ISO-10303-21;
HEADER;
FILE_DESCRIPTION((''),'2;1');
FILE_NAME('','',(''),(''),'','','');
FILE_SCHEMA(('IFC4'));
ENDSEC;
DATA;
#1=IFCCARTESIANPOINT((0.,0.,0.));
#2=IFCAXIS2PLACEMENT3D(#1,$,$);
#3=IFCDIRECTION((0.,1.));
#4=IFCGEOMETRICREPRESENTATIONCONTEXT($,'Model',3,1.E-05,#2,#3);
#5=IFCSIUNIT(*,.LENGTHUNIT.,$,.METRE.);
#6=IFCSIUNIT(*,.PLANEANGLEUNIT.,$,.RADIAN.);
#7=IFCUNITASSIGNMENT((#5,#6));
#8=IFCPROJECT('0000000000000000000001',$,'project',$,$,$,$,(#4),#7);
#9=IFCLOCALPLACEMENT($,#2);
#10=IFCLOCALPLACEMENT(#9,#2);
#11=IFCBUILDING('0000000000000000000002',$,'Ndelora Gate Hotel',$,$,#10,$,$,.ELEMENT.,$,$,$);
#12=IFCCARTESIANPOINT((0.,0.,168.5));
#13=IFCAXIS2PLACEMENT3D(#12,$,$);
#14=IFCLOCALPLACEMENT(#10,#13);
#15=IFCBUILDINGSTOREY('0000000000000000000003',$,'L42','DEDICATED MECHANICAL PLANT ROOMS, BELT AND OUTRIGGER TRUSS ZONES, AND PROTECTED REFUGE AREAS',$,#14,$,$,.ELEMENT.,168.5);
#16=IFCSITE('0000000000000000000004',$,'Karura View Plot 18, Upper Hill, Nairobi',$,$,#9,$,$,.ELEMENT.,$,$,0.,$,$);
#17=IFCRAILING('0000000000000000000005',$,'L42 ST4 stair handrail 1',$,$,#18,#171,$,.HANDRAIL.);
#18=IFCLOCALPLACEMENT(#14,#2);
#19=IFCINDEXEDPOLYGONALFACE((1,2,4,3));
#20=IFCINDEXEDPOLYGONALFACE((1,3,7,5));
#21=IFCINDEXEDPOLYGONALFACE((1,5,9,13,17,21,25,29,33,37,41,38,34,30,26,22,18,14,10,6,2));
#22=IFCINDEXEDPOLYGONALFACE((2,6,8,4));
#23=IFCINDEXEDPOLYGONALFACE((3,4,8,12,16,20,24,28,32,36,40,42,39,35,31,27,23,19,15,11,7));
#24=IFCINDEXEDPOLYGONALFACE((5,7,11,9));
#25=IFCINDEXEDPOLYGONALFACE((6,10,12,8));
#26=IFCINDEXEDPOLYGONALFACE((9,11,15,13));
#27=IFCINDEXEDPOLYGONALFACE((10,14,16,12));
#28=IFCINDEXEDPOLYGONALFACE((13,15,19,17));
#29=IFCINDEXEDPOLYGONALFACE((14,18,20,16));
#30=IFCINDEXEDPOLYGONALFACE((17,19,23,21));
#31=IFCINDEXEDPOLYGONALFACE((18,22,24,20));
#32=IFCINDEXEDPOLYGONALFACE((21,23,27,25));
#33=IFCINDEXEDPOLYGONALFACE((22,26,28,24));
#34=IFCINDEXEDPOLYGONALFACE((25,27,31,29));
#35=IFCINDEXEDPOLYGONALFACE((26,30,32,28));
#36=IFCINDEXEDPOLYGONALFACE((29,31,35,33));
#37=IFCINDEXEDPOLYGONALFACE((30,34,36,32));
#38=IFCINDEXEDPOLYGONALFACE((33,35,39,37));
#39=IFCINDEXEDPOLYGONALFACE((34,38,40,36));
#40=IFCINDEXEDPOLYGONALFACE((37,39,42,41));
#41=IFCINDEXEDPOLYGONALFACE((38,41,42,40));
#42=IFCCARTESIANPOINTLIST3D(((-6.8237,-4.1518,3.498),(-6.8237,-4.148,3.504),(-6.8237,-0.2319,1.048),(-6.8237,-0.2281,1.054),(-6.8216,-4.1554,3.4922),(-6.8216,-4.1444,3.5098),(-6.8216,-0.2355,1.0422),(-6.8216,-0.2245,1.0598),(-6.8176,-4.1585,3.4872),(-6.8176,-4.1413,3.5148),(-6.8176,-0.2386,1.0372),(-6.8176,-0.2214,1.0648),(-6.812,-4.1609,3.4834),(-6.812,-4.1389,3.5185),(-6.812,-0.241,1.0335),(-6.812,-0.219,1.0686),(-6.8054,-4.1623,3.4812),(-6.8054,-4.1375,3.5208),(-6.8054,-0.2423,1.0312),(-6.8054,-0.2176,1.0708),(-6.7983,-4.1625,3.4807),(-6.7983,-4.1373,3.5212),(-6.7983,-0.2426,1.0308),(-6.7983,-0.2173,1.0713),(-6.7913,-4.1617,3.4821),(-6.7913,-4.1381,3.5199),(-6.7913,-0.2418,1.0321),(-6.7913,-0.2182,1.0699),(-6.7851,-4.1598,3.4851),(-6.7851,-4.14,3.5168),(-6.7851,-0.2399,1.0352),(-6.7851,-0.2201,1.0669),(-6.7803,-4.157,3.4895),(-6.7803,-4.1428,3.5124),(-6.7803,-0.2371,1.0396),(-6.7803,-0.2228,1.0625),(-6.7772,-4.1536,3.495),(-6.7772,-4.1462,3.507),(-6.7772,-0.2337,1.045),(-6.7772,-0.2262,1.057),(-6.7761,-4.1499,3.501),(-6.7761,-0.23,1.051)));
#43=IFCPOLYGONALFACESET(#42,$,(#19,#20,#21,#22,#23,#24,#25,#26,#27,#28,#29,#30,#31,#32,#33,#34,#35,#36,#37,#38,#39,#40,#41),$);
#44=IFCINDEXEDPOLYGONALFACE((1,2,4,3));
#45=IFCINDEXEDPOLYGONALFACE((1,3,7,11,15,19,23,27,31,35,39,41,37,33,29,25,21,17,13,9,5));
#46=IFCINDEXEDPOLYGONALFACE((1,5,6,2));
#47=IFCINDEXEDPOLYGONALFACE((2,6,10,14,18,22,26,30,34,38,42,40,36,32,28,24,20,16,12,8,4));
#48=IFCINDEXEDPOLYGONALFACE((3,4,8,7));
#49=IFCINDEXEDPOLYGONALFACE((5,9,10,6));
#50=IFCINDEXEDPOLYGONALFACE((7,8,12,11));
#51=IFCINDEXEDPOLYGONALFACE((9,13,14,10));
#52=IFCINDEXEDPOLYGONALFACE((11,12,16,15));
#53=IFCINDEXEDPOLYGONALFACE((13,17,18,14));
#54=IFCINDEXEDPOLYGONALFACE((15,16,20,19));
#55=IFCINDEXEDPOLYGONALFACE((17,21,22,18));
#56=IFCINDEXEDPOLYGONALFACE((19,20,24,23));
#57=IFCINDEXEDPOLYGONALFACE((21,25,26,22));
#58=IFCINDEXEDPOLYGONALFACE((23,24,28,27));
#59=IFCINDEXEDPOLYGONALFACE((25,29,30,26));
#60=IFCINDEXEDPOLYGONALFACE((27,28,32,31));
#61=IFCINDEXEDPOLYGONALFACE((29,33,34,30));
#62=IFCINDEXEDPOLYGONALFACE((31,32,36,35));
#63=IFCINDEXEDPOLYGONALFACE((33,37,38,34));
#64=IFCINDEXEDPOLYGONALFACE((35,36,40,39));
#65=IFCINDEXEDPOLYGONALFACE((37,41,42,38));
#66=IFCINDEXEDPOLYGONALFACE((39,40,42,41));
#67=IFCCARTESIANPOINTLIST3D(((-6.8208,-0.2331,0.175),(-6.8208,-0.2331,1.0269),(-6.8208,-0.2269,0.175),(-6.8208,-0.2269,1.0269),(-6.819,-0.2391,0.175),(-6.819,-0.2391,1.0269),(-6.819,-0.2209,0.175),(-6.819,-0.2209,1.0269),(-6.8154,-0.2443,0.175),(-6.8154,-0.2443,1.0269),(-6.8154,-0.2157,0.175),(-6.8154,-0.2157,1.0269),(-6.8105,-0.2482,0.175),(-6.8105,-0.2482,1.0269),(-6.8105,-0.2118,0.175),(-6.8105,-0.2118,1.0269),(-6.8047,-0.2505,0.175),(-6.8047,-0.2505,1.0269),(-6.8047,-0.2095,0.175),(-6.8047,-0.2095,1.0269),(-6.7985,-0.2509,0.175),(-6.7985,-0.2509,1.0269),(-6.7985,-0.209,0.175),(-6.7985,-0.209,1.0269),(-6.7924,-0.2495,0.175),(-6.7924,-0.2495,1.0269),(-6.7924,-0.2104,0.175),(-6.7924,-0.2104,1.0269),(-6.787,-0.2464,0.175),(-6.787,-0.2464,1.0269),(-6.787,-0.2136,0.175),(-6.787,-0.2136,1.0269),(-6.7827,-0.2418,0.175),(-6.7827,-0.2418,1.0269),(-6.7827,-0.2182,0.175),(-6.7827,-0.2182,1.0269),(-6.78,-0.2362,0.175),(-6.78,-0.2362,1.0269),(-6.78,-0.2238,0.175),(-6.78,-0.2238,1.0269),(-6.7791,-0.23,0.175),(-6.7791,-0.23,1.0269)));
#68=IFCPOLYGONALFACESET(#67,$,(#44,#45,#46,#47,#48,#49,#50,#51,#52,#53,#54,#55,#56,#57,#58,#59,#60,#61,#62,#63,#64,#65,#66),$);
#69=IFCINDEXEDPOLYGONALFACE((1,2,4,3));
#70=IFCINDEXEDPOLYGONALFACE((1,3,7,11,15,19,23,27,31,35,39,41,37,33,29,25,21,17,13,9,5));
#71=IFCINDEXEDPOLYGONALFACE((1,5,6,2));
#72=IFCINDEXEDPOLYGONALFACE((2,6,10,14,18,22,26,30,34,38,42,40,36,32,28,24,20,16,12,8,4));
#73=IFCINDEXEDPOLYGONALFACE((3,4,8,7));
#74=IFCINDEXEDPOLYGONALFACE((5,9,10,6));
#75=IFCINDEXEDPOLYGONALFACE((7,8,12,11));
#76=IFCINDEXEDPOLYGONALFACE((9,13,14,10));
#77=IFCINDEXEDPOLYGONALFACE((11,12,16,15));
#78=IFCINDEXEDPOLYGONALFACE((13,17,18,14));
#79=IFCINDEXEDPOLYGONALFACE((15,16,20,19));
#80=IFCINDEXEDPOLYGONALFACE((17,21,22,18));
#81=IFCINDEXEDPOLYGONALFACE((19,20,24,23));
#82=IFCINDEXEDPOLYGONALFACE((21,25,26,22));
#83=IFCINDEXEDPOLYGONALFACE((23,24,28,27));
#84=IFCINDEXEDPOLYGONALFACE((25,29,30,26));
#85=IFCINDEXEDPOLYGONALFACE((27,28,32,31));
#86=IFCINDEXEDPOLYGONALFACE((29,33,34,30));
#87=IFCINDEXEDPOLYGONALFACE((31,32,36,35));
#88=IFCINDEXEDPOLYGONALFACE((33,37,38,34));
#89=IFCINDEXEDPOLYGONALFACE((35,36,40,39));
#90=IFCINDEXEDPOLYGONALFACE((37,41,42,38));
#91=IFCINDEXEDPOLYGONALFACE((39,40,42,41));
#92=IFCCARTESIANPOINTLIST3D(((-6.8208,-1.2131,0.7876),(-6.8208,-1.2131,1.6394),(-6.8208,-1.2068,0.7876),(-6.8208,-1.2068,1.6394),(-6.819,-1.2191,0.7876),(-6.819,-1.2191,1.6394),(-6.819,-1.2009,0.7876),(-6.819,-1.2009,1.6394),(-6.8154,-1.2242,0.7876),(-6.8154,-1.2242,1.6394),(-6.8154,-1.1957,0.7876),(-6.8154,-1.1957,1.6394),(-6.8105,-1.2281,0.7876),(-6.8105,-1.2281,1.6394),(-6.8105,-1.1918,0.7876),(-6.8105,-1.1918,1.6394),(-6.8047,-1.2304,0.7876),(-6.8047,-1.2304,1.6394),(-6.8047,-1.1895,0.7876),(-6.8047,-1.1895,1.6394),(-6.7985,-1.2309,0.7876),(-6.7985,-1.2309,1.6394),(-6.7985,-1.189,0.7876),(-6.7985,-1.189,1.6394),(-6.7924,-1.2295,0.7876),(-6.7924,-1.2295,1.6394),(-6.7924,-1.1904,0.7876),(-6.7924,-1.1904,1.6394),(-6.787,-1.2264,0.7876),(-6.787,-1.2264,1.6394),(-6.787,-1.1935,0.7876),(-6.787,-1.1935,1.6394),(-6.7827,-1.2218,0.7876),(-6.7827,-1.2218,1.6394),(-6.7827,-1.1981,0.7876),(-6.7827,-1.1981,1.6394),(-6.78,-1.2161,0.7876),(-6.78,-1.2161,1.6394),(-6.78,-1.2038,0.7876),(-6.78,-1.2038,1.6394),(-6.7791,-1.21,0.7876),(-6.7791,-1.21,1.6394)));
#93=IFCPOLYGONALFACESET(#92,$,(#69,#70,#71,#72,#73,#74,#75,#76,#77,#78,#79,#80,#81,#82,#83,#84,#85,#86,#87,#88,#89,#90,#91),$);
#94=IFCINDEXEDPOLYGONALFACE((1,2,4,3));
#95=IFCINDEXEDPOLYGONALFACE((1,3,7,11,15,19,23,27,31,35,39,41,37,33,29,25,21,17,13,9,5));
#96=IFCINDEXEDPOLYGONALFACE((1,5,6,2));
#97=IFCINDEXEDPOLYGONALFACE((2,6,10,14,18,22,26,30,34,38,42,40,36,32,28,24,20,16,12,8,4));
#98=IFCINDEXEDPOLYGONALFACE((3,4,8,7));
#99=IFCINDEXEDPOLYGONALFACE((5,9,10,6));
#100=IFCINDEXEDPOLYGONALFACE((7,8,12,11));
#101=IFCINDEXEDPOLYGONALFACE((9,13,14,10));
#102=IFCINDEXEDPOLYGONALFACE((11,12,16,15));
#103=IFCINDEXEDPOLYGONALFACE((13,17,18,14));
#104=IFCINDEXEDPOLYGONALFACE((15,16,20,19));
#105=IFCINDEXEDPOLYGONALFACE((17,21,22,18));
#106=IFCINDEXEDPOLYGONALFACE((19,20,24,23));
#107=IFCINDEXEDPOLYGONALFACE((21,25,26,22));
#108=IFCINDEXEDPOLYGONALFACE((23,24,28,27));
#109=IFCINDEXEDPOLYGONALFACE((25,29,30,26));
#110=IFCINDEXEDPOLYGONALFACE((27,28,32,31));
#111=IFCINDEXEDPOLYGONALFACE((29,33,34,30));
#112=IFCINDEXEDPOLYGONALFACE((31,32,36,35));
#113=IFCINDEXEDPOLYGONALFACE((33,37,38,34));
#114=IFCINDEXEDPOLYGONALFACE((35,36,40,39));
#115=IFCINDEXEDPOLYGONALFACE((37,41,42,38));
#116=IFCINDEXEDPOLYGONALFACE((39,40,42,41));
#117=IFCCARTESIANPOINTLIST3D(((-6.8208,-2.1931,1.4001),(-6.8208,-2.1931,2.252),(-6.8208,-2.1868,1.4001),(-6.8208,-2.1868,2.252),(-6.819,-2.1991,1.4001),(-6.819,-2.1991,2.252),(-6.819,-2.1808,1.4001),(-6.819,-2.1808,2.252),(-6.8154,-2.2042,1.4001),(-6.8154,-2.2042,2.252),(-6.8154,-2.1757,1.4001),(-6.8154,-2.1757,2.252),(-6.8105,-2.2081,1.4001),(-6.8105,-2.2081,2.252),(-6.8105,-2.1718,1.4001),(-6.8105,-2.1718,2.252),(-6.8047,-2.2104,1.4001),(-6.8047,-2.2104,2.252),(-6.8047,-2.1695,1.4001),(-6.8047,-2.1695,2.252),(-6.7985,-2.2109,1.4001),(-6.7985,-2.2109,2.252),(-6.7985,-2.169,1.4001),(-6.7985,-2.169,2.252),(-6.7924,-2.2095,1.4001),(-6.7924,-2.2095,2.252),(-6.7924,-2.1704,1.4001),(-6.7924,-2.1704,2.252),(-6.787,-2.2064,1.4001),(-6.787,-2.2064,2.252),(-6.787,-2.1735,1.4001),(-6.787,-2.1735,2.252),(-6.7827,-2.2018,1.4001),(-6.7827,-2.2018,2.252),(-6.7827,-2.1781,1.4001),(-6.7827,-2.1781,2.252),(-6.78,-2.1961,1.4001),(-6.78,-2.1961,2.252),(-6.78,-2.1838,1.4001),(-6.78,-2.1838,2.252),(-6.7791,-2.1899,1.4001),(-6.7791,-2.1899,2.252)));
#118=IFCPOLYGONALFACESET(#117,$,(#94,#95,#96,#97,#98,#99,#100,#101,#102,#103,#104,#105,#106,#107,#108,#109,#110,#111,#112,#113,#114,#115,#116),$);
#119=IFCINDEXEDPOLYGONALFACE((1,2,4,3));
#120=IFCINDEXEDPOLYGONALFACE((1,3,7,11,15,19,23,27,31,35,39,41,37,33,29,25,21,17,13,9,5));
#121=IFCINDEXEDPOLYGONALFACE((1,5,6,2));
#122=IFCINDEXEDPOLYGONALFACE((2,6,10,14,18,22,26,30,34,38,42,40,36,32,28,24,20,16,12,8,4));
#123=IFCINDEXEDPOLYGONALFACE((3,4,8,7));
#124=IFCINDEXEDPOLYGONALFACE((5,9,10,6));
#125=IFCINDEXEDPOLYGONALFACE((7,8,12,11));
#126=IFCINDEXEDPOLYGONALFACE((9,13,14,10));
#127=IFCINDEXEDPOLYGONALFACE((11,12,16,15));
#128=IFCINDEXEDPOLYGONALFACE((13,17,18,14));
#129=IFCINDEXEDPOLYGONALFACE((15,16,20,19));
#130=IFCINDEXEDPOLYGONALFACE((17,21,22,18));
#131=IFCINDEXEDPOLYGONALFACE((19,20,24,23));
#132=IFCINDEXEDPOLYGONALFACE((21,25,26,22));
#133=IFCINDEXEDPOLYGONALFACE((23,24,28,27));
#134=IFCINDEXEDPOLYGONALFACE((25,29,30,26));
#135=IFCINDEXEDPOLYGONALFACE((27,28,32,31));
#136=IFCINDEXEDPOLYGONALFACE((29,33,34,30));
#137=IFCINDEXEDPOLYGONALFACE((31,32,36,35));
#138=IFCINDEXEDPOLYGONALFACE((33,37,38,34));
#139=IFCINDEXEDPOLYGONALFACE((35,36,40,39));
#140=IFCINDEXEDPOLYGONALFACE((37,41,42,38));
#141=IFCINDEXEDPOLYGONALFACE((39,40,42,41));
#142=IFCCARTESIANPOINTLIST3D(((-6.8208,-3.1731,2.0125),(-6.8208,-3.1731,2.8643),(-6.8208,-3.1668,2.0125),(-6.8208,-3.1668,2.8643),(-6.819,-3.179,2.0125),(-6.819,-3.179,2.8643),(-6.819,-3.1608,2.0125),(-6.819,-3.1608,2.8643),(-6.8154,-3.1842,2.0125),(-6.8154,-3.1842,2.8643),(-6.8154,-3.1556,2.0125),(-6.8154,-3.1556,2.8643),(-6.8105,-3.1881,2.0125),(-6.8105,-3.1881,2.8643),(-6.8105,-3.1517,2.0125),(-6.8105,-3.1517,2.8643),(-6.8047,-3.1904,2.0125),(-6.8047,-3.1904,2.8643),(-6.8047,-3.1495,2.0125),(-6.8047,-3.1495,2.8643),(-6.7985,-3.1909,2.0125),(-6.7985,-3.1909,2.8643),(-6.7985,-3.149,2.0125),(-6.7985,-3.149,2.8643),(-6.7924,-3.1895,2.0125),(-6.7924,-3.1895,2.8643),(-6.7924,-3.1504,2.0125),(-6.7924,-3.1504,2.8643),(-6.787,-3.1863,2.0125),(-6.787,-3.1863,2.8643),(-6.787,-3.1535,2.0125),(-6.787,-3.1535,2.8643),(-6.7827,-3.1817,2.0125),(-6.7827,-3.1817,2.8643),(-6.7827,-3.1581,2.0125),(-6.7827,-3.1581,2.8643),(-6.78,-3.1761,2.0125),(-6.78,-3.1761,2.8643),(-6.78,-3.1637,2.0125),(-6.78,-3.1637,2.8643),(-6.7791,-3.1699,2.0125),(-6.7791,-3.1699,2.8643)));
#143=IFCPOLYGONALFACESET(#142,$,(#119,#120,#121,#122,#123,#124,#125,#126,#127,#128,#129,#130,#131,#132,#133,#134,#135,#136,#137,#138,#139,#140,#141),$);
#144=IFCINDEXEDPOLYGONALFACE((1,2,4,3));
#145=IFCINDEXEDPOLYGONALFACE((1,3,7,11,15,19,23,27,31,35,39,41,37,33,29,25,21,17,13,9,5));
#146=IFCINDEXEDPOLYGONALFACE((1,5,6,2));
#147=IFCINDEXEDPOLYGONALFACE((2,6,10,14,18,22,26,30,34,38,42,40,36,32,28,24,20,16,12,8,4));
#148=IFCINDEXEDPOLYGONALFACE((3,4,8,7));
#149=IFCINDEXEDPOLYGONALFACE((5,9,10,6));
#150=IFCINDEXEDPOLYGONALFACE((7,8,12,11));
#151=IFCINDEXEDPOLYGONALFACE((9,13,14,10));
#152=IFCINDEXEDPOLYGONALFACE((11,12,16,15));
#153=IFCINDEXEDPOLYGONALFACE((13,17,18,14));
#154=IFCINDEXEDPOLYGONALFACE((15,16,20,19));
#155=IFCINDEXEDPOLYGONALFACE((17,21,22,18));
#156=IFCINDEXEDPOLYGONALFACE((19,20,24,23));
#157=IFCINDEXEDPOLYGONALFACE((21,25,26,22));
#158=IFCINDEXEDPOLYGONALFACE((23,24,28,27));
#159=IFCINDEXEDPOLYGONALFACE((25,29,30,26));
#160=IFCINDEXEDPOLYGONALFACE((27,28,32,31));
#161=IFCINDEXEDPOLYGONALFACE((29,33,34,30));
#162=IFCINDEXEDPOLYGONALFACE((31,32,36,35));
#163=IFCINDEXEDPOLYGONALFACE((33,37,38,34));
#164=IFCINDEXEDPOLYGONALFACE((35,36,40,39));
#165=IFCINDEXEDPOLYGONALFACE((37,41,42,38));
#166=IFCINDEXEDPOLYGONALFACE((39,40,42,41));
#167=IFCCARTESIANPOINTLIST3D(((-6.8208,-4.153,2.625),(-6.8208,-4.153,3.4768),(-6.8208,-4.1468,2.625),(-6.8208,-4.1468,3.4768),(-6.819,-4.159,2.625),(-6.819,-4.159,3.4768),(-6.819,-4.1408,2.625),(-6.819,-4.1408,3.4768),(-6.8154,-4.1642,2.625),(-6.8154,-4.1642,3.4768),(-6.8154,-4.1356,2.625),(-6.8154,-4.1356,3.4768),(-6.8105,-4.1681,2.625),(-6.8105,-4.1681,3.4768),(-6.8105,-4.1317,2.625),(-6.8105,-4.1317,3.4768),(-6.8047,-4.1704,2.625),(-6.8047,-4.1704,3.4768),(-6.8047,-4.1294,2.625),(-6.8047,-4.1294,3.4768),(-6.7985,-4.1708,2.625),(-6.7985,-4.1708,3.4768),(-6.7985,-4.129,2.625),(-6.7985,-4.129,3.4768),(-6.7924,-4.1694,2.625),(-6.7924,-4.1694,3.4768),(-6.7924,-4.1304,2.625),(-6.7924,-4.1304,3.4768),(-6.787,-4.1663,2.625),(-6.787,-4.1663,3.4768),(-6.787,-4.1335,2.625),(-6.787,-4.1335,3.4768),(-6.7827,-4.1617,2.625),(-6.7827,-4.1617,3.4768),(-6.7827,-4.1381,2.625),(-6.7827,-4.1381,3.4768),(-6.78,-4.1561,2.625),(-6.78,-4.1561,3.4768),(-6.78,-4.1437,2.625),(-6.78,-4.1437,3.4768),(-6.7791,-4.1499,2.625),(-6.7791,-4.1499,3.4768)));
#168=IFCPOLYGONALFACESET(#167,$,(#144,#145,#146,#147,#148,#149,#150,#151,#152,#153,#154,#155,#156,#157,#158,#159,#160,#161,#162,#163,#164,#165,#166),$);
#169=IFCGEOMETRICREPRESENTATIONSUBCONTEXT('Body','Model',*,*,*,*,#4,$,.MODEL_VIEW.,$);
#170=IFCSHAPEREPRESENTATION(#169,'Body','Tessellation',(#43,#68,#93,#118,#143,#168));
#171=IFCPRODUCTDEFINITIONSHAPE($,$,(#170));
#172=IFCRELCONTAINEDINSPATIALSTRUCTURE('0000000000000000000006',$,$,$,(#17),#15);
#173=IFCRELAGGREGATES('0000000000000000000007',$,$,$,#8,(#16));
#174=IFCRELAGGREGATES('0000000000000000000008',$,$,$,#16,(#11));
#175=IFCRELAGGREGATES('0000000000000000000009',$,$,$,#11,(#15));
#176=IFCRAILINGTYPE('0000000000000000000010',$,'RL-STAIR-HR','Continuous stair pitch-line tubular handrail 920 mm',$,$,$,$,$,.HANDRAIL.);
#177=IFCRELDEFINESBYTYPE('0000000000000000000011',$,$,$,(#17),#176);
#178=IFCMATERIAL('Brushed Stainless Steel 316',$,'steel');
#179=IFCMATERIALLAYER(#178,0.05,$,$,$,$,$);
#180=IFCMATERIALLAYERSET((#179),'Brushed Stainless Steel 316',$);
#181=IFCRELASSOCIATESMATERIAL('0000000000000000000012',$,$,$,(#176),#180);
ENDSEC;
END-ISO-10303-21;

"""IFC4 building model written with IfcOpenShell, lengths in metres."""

from ifc_helpers import new_model, si_unit, direction, frame, origin, origin_2d, place, context, subcontext, project, spatial, circle, extrude, material, layer, layer_set, type_object, element, save


model = new_model("IFC4")

# Units and contexts
model_context = context("Model", 3, precision=1e-05, world=origin(), true_north=direction((0.0, 1.0)))
body_context = subcontext(model_context, "Body", "Model", "MODEL_VIEW")
ifc_project = project(units=[si_unit("LENGTHUNIT", "METRE"), si_unit("PLANEANGLEUNIT", "RADIAN")], contexts=[model_context])

# Site, building, storey
site_placement = place(None, origin())
site = spatial("IfcSite", under=ifc_project, at=site_placement, Name="Karura View Plot 18, Upper Hill, Nairobi", CompositionType="ELEMENT", RefElevation=0.0)
building_placement = place(site_placement, origin())
building = spatial("IfcBuilding", under=site, at=building_placement, Name="Ndelora Gate Hotel", CompositionType="ELEMENT")
storey_placement = place(building_placement, frame((0.0, 0.0, 168.5)))
storey = spatial("IfcBuildingStorey", under=building, at=storey_placement, Name="L42", Description="DEDICATED MECHANICAL PLANT ROOMS, BELT AND OUTRIGGER TRUSS ZONES, AND PROTECTED REFUGE AREAS", CompositionType="ELEMENT", Elevation=168.5)

# Railing
ifc_material_1 = material(Name="Brushed Stainless Steel 316", Category="steel")
ifc_layer_1 = layer(ifc_material_1, 0.05)
ifc_layer_set_1 = layer_set([ifc_layer_1], Name="Brushed Stainless Steel 316")
railing_type_1 = type_object("IfcRailingType", Name="RL-STAIR-HR", Description="Continuous stair pitch-line tubular handrail 920 mm", PredefinedType="HANDRAIL", material=ifc_layer_set_1)
railing_1_placement = place(storey_placement, frame((-6.8, -0.23, 0.175)))
element("IfcRailing", 1, at=railing_1_placement, inside=storey, type_object=railing_type_1, Name="L42 ST4 stair handrail 1", PredefinedType="HANDRAIL", context=body_context, shape_type="SweptSolid", body=[
    extrude(circle(Radius=0.0239, at=origin_2d()), frame((0.0, 0.0, 0.876), z_axis=(0.0, -0.847998, 0.529999), x_axis=(1.0, 0.0, 0.0)), (0.0, 0.0, 1.0), 4.6226),
    extrude(circle(Radius=0.021, at=origin_2d()), origin(), (0.0, 0.0, 1.0), 0.8518),
    extrude(circle(Radius=0.021, at=origin_2d()), frame((0.0, -0.98, 0.6125)), (0.0, 0.0, 1.0), 0.8518),
    extrude(circle(Radius=0.021, at=origin_2d()), frame((0.0, -1.96, 1.2251)), (0.0, 0.0, 1.0), 0.8518),
    extrude(circle(Radius=0.021, at=origin_2d()), frame((0.0, -2.9399, 1.8374)), (0.0, 0.0, 1.0), 0.8518),
    extrude(circle(Radius=0.021, at=origin_2d()), frame((0.0, -3.9199, 2.45)), (0.0, 0.0, 1.0), 0.8518),
])

save(model, "model.ifc")
